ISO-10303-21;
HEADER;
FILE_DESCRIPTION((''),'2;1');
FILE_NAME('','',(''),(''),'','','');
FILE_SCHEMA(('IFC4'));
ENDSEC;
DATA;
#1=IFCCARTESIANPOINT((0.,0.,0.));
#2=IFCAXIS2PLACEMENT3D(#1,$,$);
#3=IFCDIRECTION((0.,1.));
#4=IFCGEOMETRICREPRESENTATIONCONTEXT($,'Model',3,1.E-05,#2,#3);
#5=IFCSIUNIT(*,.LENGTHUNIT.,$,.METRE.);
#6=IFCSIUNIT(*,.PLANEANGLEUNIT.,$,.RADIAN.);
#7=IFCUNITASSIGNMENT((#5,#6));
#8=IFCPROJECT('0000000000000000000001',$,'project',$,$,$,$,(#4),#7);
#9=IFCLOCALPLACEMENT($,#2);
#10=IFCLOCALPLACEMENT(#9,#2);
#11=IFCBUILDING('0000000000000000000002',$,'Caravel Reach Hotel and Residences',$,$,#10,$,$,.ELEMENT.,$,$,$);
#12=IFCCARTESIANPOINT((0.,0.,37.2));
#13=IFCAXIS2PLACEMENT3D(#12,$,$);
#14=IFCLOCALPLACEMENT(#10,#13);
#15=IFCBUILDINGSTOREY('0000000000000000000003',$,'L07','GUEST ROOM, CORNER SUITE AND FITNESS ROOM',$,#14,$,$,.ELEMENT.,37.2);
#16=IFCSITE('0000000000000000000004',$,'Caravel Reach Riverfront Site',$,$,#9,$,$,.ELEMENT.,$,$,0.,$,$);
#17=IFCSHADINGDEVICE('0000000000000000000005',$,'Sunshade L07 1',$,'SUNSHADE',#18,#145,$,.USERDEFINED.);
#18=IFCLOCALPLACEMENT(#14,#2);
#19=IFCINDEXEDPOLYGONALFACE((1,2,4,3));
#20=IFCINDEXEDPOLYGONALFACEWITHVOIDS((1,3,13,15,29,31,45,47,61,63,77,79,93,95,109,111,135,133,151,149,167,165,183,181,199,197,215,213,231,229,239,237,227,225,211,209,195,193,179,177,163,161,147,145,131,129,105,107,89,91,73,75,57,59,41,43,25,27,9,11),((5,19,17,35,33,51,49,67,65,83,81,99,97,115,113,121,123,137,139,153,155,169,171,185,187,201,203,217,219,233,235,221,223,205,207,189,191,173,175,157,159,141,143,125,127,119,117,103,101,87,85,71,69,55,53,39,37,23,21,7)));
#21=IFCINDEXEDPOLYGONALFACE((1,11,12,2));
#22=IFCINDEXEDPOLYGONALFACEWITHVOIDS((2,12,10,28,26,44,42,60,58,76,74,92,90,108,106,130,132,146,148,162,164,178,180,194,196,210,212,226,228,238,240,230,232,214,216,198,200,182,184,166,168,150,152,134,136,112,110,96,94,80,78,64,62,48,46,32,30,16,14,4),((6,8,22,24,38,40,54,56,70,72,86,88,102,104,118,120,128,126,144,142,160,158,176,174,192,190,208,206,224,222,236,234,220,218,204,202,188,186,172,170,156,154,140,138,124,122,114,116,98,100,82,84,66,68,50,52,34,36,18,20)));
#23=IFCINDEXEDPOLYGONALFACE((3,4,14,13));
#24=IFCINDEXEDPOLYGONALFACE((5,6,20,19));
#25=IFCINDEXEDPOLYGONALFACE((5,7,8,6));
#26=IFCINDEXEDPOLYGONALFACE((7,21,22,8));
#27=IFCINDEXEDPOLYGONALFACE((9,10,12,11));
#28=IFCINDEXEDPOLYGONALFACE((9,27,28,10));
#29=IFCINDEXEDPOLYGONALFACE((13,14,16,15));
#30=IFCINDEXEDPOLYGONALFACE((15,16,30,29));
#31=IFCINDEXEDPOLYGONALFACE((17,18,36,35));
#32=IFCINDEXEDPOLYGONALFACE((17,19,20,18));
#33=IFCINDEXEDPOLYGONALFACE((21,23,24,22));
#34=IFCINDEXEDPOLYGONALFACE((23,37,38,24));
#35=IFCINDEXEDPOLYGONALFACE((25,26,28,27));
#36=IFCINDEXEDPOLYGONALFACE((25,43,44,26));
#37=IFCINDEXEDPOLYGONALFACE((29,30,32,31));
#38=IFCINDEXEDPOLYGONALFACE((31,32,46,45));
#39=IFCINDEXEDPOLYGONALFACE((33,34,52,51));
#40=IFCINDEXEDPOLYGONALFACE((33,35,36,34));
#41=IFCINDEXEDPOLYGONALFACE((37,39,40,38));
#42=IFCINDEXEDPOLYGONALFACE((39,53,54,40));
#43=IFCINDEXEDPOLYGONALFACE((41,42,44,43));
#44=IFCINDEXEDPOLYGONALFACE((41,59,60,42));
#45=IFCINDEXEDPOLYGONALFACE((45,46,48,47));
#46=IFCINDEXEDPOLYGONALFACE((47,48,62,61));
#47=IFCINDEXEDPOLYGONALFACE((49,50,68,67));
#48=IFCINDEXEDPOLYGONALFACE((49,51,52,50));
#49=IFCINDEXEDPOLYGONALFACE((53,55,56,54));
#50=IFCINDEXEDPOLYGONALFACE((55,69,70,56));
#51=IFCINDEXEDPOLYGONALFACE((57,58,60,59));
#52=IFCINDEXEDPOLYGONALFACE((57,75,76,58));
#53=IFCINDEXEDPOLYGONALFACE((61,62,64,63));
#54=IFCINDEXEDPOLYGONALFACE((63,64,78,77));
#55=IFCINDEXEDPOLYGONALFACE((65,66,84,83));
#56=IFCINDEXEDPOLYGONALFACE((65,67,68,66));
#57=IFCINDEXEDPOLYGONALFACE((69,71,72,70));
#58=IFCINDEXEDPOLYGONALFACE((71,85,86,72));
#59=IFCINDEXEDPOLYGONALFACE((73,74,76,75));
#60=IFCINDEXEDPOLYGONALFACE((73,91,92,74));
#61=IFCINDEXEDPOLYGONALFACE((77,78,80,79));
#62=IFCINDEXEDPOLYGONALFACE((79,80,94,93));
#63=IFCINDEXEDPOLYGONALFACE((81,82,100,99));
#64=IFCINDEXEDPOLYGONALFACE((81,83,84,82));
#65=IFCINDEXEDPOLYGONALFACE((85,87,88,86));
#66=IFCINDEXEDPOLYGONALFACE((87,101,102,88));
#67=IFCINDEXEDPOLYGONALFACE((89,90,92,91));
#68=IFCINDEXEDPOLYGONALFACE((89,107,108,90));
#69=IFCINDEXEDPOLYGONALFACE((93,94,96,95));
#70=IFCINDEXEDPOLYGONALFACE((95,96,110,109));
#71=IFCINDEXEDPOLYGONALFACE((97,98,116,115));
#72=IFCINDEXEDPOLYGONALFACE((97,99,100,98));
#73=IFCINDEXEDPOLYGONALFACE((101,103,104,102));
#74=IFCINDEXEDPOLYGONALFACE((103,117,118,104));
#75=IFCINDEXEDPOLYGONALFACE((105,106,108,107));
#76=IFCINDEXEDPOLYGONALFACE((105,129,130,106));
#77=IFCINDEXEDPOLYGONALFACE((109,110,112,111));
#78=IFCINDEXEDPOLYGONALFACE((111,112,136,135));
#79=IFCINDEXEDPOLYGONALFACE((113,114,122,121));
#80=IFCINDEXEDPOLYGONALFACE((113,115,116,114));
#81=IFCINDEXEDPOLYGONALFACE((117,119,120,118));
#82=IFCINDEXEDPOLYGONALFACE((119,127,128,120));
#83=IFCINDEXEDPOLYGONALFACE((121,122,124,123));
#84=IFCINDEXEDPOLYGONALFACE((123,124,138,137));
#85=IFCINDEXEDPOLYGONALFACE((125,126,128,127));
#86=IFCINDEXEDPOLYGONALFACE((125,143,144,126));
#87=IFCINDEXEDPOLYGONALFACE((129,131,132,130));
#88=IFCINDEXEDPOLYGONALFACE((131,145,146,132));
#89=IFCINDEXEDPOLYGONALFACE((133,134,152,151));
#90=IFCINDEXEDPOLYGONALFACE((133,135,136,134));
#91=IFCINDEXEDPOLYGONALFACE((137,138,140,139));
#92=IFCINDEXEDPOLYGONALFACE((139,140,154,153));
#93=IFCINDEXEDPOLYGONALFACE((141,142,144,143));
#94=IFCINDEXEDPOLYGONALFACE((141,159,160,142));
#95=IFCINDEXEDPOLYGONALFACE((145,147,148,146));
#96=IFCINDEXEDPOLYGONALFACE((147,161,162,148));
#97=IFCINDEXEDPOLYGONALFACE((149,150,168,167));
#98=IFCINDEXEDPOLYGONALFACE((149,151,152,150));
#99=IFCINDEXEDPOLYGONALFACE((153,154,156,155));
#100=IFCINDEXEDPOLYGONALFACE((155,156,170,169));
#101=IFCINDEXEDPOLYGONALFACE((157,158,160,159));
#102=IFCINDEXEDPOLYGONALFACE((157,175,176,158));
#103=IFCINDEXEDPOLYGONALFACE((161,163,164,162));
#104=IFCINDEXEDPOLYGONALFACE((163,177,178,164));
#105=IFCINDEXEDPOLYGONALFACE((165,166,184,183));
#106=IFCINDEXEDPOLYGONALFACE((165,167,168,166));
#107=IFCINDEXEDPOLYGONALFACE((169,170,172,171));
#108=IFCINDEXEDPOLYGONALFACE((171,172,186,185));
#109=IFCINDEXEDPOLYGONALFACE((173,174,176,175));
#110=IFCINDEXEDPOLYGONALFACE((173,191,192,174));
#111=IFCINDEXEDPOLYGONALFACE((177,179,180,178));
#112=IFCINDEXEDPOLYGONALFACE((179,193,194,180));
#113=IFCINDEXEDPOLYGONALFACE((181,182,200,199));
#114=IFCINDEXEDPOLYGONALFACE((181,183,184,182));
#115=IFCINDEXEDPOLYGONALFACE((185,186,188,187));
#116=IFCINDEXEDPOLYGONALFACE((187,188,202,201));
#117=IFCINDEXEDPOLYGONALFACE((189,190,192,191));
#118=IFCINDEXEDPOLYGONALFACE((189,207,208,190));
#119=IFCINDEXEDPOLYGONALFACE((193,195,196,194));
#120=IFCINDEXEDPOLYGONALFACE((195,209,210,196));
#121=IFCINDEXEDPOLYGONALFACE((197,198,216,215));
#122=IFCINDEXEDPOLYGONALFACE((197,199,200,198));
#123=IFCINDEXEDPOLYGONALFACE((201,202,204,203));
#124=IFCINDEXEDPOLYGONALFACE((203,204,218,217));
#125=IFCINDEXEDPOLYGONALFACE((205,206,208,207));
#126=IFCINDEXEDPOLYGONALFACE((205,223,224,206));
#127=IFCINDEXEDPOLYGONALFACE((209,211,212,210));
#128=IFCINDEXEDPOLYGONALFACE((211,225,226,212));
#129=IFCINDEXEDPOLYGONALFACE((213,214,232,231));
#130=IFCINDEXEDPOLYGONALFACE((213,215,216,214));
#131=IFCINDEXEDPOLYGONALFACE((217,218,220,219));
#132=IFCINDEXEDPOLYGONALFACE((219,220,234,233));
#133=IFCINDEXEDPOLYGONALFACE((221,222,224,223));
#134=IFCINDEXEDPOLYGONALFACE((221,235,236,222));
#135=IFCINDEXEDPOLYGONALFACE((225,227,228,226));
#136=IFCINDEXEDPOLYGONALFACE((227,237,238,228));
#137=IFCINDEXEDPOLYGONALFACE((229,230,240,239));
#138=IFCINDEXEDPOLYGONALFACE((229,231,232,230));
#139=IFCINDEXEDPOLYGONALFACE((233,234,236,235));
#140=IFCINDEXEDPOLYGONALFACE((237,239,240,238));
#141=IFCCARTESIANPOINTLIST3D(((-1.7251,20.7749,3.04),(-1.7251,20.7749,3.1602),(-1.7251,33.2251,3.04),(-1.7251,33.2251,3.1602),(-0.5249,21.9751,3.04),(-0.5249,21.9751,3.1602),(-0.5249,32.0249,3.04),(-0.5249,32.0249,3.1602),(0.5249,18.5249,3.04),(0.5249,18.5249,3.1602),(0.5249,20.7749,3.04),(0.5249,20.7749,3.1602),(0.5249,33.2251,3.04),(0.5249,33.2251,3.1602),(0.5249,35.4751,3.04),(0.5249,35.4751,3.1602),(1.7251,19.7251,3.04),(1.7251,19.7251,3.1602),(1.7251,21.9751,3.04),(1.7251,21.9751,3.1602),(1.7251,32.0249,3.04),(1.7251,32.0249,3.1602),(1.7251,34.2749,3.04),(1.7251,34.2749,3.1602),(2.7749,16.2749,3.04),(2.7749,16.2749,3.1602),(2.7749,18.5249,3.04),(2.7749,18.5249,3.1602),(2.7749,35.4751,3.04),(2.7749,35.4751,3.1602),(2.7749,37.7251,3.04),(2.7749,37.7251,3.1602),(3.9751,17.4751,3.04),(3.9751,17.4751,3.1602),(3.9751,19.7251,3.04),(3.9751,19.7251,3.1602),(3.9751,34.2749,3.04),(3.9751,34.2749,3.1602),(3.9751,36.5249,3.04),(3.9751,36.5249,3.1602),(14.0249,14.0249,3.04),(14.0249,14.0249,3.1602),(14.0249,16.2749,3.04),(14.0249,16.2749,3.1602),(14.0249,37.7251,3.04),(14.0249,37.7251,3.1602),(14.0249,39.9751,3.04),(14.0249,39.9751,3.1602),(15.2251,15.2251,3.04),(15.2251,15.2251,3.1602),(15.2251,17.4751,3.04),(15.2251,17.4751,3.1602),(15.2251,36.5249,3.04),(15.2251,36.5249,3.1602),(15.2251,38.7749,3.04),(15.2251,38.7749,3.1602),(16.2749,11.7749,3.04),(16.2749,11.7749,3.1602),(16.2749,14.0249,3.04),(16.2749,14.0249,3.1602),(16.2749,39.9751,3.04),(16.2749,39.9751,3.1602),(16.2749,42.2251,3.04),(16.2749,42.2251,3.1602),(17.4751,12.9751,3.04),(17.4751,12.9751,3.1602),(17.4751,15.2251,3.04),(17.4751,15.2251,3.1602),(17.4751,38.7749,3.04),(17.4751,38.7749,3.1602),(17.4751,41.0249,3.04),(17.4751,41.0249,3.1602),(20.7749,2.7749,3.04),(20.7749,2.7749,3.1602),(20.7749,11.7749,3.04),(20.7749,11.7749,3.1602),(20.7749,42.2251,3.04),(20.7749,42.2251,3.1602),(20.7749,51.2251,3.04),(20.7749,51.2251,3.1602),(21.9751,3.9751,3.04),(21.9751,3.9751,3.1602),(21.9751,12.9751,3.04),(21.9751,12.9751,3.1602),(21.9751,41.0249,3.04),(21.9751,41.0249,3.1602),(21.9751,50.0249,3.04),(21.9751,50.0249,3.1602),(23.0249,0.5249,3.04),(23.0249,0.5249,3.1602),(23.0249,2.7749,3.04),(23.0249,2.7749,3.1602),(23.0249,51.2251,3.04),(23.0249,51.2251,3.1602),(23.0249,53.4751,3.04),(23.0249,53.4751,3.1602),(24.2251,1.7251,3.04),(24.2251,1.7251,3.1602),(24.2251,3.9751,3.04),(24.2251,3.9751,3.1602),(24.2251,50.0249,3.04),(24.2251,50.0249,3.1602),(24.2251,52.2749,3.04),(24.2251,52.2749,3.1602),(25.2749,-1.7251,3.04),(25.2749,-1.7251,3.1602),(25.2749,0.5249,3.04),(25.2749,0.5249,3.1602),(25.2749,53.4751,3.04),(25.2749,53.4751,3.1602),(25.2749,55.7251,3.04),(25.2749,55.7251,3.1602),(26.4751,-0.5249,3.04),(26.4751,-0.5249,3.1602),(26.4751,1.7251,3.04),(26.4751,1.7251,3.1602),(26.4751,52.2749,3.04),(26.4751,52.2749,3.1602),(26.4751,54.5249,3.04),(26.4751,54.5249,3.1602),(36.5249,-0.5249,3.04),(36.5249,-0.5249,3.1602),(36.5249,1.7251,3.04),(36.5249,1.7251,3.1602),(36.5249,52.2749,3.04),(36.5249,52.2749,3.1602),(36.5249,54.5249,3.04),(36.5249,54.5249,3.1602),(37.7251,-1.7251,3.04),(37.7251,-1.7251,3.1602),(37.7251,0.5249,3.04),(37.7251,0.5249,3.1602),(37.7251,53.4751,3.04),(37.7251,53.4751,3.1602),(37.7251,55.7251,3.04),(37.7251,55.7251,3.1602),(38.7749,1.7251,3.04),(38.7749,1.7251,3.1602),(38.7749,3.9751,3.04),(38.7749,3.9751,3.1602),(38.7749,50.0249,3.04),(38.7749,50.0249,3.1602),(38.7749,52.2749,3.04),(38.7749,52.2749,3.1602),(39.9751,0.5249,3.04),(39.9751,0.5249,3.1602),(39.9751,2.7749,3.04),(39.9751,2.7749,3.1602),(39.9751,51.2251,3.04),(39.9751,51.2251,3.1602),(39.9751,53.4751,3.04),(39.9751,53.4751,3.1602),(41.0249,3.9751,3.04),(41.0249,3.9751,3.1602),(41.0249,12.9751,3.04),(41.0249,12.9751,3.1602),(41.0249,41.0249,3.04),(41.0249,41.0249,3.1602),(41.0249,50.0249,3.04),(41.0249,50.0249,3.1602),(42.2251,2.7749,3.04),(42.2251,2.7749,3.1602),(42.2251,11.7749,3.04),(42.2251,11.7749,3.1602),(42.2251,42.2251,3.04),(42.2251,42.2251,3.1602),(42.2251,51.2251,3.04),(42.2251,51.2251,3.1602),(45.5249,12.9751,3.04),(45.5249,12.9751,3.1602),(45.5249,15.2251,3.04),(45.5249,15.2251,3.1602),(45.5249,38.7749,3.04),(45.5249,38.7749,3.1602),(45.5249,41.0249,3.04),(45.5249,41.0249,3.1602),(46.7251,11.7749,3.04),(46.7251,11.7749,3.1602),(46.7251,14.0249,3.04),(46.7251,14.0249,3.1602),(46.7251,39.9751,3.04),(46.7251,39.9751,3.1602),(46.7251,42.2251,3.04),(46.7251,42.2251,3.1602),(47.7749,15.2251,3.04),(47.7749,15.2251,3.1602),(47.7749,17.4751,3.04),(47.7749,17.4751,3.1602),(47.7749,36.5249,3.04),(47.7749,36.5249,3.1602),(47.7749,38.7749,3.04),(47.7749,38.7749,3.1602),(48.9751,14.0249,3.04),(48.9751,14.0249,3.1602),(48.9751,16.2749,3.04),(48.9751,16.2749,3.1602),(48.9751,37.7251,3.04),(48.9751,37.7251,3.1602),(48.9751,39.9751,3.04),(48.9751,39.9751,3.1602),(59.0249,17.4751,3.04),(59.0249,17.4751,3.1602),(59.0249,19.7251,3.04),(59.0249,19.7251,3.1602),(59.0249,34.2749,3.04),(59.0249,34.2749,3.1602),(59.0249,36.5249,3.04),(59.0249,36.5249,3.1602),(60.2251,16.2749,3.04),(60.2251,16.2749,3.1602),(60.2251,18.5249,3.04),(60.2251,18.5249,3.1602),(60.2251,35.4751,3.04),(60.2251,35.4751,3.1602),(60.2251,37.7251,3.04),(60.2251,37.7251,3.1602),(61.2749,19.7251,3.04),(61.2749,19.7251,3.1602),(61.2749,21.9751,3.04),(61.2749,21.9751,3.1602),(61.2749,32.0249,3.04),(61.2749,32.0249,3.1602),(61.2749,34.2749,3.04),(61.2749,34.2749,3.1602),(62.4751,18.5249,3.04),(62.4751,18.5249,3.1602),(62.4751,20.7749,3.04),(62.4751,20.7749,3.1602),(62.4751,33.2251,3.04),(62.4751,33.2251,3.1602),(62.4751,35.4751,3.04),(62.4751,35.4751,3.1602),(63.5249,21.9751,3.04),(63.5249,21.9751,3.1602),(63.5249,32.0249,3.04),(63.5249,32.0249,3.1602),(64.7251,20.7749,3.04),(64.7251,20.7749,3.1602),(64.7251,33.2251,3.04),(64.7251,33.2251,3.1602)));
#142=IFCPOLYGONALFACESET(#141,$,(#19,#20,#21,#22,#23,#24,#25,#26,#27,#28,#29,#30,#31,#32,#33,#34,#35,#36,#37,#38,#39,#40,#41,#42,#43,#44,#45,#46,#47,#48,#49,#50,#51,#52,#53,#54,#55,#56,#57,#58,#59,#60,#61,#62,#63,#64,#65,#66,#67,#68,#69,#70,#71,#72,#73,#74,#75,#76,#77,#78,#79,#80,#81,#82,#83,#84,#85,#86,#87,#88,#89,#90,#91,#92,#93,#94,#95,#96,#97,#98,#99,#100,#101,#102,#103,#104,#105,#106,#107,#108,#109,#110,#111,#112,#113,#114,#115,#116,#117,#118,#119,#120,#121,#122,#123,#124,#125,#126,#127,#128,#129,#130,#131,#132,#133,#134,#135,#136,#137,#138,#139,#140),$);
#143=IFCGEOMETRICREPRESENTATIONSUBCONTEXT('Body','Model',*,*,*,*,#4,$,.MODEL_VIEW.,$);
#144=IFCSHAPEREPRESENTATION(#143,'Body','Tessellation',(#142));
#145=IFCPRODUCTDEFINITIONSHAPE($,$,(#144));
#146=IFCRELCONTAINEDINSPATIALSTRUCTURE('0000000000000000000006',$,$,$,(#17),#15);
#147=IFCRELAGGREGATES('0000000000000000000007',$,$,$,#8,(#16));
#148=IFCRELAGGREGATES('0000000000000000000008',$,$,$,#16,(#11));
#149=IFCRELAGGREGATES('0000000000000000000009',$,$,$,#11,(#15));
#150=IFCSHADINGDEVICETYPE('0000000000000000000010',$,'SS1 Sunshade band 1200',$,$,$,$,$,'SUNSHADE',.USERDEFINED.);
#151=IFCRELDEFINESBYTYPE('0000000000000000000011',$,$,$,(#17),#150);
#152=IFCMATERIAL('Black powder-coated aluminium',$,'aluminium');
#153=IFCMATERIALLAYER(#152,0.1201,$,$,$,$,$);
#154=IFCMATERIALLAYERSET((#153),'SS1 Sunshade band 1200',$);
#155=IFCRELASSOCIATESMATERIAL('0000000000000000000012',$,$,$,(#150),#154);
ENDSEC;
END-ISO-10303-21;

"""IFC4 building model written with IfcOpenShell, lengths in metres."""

from ifc_helpers import new_model, si_unit, direction, frame, origin, place, context, subcontext, project, spatial, polyline, outline, extrude, material, layer, layer_set, type_object, element, save


model = new_model("IFC4")

# Units and contexts
model_context = context("Model", 3, precision=1e-05, world=origin(), true_north=direction((0.0, 1.0)))
body_context = subcontext(model_context, "Body", "Model", "MODEL_VIEW")
ifc_project = project(units=[si_unit("LENGTHUNIT", "METRE"), si_unit("PLANEANGLEUNIT", "RADIAN")], contexts=[model_context])

# Site, building, storey
site_placement = place(None, origin())
site = spatial("IfcSite", under=ifc_project, at=site_placement, Name="Caravel Reach Riverfront Site", CompositionType="ELEMENT", RefElevation=0.0)
building_placement = place(site_placement, origin())
building = spatial("IfcBuilding", under=site, at=building_placement, Name="Caravel Reach Hotel and Residences", CompositionType="ELEMENT")
storey_placement = place(building_placement, frame((0.0, 0.0, 37.2)))
storey = spatial("IfcBuildingStorey", under=building, at=storey_placement, Name="L07", Description="GUEST ROOM, CORNER SUITE AND FITNESS ROOM", CompositionType="ELEMENT", Elevation=37.2)

# Shading device
ifc_material_1 = material(Name="Black powder-coated aluminium", Category="aluminium")
ifc_layer_1 = layer(ifc_material_1, 0.1201)
ifc_layer_set_1 = layer_set([ifc_layer_1], Name="SS1 Sunshade band 1200")
shading_device_type = type_object("IfcShadingDeviceType", Name="SS1 Sunshade band 1200", ElementType="SUNSHADE", PredefinedType="USERDEFINED", material=ifc_layer_set_1)
shading_device_placement = place(storey_placement, frame((0.0, 0.0, 3.04)))
element("IfcShadingDevice", 1, at=shading_device_placement, inside=storey, type_object=shading_device_type, Name="Sunshade L07 1", ObjectType="SUNSHADE", PredefinedType="USERDEFINED", context=body_context, shape_type="SweptSolid", body=[
    extrude(outline(polyline([(20.7749, 11.7749), (20.7749, 2.7749), (23.0249, 2.7749), (23.0249, 0.5249), (25.2749, 0.5249), (25.2749, -1.7251), (37.7251, -1.7251), (37.7251, 0.5249), (39.9751, 0.5249), (39.9751, 2.7749), (42.2251, 2.7749), (42.2251, 11.7749), (46.7251, 11.7749), (46.7251, 14.0249), (48.9751, 14.0249), (48.9751, 16.2749), (60.2251, 16.2749), (60.2251, 18.5249), (62.4751, 18.5249), (62.4751, 20.7749), (64.7251, 20.7749), (64.7251, 33.2251), (62.4751, 33.2251), (62.4751, 35.4751), (60.2251, 35.4751), (60.2251, 37.7251), (48.9751, 37.7251), (48.9751, 39.9751), (46.7251, 39.9751), (46.7251, 42.2251), (42.2251, 42.2251), (42.2251, 51.2251), (39.9751, 51.2251), (39.9751, 53.4751), (37.7251, 53.4751), (37.7251, 55.7251), (25.2749, 55.7251), (25.2749, 53.4751), (23.0249, 53.4751), (23.0249, 51.2251), (20.7749, 51.2251), (20.7749, 42.2251), (16.2749, 42.2251), (16.2749, 39.9751), (14.0249, 39.9751), (14.0249, 37.7251), (2.7749, 37.7251), (2.7749, 35.4751), (0.5249, 35.4751), (0.5249, 33.2251), (-1.7251, 33.2251), (-1.7251, 20.7749), (0.5249, 20.7749), (0.5249, 18.5249), (2.7749, 18.5249), (2.7749, 16.2749), (14.0249, 16.2749), (14.0249, 14.0249), (16.2749, 14.0249), (16.2749, 11.7749), (20.7749, 11.7749)]), holes=[polyline([(24.2251, 3.9751), (21.9751, 3.9751), (21.9751, 12.9751), (17.4751, 12.9751), (17.4751, 15.2251), (15.2251, 15.2251), (15.2251, 17.4751), (3.9751, 17.4751), (3.9751, 19.7251), (1.7251, 19.7251), (1.7251, 21.9751), (-0.5249, 21.9751), (-0.5249, 32.0249), (1.7251, 32.0249), (1.7251, 34.2749), (3.9751, 34.2749), (3.9751, 36.5249), (15.2251, 36.5249), (15.2251, 38.7749), (17.4751, 38.7749), (17.4751, 41.0249), (21.9751, 41.0249), (21.9751, 50.0249), (24.2251, 50.0249), (24.2251, 52.2749), (26.4751, 52.2749), (26.4751, 54.5249), (36.5249, 54.5249), (36.5249, 52.2749), (38.7749, 52.2749), (38.7749, 50.0249), (41.0249, 50.0249), (41.0249, 41.0249), (45.5249, 41.0249), (45.5249, 38.7749), (47.7749, 38.7749), (47.7749, 36.5249), (59.0249, 36.5249), (59.0249, 34.2749), (61.2749, 34.2749), (61.2749, 32.0249), (63.5249, 32.0249), (63.5249, 21.9751), (61.2749, 21.9751), (61.2749, 19.7251), (59.0249, 19.7251), (59.0249, 17.4751), (47.7749, 17.4751), (47.7749, 15.2251), (45.5249, 15.2251), (45.5249, 12.9751), (41.0249, 12.9751), (41.0249, 3.9751), (38.7749, 3.9751), (38.7749, 1.7251), (36.5249, 1.7251), (36.5249, -0.5249), (26.4751, -0.5249), (26.4751, 1.7251), (24.2251, 1.7251), (24.2251, 3.9751)])]), origin(), (0.0, 0.0, 1.0), 0.1201),
])

save(model, "model.ifc")
